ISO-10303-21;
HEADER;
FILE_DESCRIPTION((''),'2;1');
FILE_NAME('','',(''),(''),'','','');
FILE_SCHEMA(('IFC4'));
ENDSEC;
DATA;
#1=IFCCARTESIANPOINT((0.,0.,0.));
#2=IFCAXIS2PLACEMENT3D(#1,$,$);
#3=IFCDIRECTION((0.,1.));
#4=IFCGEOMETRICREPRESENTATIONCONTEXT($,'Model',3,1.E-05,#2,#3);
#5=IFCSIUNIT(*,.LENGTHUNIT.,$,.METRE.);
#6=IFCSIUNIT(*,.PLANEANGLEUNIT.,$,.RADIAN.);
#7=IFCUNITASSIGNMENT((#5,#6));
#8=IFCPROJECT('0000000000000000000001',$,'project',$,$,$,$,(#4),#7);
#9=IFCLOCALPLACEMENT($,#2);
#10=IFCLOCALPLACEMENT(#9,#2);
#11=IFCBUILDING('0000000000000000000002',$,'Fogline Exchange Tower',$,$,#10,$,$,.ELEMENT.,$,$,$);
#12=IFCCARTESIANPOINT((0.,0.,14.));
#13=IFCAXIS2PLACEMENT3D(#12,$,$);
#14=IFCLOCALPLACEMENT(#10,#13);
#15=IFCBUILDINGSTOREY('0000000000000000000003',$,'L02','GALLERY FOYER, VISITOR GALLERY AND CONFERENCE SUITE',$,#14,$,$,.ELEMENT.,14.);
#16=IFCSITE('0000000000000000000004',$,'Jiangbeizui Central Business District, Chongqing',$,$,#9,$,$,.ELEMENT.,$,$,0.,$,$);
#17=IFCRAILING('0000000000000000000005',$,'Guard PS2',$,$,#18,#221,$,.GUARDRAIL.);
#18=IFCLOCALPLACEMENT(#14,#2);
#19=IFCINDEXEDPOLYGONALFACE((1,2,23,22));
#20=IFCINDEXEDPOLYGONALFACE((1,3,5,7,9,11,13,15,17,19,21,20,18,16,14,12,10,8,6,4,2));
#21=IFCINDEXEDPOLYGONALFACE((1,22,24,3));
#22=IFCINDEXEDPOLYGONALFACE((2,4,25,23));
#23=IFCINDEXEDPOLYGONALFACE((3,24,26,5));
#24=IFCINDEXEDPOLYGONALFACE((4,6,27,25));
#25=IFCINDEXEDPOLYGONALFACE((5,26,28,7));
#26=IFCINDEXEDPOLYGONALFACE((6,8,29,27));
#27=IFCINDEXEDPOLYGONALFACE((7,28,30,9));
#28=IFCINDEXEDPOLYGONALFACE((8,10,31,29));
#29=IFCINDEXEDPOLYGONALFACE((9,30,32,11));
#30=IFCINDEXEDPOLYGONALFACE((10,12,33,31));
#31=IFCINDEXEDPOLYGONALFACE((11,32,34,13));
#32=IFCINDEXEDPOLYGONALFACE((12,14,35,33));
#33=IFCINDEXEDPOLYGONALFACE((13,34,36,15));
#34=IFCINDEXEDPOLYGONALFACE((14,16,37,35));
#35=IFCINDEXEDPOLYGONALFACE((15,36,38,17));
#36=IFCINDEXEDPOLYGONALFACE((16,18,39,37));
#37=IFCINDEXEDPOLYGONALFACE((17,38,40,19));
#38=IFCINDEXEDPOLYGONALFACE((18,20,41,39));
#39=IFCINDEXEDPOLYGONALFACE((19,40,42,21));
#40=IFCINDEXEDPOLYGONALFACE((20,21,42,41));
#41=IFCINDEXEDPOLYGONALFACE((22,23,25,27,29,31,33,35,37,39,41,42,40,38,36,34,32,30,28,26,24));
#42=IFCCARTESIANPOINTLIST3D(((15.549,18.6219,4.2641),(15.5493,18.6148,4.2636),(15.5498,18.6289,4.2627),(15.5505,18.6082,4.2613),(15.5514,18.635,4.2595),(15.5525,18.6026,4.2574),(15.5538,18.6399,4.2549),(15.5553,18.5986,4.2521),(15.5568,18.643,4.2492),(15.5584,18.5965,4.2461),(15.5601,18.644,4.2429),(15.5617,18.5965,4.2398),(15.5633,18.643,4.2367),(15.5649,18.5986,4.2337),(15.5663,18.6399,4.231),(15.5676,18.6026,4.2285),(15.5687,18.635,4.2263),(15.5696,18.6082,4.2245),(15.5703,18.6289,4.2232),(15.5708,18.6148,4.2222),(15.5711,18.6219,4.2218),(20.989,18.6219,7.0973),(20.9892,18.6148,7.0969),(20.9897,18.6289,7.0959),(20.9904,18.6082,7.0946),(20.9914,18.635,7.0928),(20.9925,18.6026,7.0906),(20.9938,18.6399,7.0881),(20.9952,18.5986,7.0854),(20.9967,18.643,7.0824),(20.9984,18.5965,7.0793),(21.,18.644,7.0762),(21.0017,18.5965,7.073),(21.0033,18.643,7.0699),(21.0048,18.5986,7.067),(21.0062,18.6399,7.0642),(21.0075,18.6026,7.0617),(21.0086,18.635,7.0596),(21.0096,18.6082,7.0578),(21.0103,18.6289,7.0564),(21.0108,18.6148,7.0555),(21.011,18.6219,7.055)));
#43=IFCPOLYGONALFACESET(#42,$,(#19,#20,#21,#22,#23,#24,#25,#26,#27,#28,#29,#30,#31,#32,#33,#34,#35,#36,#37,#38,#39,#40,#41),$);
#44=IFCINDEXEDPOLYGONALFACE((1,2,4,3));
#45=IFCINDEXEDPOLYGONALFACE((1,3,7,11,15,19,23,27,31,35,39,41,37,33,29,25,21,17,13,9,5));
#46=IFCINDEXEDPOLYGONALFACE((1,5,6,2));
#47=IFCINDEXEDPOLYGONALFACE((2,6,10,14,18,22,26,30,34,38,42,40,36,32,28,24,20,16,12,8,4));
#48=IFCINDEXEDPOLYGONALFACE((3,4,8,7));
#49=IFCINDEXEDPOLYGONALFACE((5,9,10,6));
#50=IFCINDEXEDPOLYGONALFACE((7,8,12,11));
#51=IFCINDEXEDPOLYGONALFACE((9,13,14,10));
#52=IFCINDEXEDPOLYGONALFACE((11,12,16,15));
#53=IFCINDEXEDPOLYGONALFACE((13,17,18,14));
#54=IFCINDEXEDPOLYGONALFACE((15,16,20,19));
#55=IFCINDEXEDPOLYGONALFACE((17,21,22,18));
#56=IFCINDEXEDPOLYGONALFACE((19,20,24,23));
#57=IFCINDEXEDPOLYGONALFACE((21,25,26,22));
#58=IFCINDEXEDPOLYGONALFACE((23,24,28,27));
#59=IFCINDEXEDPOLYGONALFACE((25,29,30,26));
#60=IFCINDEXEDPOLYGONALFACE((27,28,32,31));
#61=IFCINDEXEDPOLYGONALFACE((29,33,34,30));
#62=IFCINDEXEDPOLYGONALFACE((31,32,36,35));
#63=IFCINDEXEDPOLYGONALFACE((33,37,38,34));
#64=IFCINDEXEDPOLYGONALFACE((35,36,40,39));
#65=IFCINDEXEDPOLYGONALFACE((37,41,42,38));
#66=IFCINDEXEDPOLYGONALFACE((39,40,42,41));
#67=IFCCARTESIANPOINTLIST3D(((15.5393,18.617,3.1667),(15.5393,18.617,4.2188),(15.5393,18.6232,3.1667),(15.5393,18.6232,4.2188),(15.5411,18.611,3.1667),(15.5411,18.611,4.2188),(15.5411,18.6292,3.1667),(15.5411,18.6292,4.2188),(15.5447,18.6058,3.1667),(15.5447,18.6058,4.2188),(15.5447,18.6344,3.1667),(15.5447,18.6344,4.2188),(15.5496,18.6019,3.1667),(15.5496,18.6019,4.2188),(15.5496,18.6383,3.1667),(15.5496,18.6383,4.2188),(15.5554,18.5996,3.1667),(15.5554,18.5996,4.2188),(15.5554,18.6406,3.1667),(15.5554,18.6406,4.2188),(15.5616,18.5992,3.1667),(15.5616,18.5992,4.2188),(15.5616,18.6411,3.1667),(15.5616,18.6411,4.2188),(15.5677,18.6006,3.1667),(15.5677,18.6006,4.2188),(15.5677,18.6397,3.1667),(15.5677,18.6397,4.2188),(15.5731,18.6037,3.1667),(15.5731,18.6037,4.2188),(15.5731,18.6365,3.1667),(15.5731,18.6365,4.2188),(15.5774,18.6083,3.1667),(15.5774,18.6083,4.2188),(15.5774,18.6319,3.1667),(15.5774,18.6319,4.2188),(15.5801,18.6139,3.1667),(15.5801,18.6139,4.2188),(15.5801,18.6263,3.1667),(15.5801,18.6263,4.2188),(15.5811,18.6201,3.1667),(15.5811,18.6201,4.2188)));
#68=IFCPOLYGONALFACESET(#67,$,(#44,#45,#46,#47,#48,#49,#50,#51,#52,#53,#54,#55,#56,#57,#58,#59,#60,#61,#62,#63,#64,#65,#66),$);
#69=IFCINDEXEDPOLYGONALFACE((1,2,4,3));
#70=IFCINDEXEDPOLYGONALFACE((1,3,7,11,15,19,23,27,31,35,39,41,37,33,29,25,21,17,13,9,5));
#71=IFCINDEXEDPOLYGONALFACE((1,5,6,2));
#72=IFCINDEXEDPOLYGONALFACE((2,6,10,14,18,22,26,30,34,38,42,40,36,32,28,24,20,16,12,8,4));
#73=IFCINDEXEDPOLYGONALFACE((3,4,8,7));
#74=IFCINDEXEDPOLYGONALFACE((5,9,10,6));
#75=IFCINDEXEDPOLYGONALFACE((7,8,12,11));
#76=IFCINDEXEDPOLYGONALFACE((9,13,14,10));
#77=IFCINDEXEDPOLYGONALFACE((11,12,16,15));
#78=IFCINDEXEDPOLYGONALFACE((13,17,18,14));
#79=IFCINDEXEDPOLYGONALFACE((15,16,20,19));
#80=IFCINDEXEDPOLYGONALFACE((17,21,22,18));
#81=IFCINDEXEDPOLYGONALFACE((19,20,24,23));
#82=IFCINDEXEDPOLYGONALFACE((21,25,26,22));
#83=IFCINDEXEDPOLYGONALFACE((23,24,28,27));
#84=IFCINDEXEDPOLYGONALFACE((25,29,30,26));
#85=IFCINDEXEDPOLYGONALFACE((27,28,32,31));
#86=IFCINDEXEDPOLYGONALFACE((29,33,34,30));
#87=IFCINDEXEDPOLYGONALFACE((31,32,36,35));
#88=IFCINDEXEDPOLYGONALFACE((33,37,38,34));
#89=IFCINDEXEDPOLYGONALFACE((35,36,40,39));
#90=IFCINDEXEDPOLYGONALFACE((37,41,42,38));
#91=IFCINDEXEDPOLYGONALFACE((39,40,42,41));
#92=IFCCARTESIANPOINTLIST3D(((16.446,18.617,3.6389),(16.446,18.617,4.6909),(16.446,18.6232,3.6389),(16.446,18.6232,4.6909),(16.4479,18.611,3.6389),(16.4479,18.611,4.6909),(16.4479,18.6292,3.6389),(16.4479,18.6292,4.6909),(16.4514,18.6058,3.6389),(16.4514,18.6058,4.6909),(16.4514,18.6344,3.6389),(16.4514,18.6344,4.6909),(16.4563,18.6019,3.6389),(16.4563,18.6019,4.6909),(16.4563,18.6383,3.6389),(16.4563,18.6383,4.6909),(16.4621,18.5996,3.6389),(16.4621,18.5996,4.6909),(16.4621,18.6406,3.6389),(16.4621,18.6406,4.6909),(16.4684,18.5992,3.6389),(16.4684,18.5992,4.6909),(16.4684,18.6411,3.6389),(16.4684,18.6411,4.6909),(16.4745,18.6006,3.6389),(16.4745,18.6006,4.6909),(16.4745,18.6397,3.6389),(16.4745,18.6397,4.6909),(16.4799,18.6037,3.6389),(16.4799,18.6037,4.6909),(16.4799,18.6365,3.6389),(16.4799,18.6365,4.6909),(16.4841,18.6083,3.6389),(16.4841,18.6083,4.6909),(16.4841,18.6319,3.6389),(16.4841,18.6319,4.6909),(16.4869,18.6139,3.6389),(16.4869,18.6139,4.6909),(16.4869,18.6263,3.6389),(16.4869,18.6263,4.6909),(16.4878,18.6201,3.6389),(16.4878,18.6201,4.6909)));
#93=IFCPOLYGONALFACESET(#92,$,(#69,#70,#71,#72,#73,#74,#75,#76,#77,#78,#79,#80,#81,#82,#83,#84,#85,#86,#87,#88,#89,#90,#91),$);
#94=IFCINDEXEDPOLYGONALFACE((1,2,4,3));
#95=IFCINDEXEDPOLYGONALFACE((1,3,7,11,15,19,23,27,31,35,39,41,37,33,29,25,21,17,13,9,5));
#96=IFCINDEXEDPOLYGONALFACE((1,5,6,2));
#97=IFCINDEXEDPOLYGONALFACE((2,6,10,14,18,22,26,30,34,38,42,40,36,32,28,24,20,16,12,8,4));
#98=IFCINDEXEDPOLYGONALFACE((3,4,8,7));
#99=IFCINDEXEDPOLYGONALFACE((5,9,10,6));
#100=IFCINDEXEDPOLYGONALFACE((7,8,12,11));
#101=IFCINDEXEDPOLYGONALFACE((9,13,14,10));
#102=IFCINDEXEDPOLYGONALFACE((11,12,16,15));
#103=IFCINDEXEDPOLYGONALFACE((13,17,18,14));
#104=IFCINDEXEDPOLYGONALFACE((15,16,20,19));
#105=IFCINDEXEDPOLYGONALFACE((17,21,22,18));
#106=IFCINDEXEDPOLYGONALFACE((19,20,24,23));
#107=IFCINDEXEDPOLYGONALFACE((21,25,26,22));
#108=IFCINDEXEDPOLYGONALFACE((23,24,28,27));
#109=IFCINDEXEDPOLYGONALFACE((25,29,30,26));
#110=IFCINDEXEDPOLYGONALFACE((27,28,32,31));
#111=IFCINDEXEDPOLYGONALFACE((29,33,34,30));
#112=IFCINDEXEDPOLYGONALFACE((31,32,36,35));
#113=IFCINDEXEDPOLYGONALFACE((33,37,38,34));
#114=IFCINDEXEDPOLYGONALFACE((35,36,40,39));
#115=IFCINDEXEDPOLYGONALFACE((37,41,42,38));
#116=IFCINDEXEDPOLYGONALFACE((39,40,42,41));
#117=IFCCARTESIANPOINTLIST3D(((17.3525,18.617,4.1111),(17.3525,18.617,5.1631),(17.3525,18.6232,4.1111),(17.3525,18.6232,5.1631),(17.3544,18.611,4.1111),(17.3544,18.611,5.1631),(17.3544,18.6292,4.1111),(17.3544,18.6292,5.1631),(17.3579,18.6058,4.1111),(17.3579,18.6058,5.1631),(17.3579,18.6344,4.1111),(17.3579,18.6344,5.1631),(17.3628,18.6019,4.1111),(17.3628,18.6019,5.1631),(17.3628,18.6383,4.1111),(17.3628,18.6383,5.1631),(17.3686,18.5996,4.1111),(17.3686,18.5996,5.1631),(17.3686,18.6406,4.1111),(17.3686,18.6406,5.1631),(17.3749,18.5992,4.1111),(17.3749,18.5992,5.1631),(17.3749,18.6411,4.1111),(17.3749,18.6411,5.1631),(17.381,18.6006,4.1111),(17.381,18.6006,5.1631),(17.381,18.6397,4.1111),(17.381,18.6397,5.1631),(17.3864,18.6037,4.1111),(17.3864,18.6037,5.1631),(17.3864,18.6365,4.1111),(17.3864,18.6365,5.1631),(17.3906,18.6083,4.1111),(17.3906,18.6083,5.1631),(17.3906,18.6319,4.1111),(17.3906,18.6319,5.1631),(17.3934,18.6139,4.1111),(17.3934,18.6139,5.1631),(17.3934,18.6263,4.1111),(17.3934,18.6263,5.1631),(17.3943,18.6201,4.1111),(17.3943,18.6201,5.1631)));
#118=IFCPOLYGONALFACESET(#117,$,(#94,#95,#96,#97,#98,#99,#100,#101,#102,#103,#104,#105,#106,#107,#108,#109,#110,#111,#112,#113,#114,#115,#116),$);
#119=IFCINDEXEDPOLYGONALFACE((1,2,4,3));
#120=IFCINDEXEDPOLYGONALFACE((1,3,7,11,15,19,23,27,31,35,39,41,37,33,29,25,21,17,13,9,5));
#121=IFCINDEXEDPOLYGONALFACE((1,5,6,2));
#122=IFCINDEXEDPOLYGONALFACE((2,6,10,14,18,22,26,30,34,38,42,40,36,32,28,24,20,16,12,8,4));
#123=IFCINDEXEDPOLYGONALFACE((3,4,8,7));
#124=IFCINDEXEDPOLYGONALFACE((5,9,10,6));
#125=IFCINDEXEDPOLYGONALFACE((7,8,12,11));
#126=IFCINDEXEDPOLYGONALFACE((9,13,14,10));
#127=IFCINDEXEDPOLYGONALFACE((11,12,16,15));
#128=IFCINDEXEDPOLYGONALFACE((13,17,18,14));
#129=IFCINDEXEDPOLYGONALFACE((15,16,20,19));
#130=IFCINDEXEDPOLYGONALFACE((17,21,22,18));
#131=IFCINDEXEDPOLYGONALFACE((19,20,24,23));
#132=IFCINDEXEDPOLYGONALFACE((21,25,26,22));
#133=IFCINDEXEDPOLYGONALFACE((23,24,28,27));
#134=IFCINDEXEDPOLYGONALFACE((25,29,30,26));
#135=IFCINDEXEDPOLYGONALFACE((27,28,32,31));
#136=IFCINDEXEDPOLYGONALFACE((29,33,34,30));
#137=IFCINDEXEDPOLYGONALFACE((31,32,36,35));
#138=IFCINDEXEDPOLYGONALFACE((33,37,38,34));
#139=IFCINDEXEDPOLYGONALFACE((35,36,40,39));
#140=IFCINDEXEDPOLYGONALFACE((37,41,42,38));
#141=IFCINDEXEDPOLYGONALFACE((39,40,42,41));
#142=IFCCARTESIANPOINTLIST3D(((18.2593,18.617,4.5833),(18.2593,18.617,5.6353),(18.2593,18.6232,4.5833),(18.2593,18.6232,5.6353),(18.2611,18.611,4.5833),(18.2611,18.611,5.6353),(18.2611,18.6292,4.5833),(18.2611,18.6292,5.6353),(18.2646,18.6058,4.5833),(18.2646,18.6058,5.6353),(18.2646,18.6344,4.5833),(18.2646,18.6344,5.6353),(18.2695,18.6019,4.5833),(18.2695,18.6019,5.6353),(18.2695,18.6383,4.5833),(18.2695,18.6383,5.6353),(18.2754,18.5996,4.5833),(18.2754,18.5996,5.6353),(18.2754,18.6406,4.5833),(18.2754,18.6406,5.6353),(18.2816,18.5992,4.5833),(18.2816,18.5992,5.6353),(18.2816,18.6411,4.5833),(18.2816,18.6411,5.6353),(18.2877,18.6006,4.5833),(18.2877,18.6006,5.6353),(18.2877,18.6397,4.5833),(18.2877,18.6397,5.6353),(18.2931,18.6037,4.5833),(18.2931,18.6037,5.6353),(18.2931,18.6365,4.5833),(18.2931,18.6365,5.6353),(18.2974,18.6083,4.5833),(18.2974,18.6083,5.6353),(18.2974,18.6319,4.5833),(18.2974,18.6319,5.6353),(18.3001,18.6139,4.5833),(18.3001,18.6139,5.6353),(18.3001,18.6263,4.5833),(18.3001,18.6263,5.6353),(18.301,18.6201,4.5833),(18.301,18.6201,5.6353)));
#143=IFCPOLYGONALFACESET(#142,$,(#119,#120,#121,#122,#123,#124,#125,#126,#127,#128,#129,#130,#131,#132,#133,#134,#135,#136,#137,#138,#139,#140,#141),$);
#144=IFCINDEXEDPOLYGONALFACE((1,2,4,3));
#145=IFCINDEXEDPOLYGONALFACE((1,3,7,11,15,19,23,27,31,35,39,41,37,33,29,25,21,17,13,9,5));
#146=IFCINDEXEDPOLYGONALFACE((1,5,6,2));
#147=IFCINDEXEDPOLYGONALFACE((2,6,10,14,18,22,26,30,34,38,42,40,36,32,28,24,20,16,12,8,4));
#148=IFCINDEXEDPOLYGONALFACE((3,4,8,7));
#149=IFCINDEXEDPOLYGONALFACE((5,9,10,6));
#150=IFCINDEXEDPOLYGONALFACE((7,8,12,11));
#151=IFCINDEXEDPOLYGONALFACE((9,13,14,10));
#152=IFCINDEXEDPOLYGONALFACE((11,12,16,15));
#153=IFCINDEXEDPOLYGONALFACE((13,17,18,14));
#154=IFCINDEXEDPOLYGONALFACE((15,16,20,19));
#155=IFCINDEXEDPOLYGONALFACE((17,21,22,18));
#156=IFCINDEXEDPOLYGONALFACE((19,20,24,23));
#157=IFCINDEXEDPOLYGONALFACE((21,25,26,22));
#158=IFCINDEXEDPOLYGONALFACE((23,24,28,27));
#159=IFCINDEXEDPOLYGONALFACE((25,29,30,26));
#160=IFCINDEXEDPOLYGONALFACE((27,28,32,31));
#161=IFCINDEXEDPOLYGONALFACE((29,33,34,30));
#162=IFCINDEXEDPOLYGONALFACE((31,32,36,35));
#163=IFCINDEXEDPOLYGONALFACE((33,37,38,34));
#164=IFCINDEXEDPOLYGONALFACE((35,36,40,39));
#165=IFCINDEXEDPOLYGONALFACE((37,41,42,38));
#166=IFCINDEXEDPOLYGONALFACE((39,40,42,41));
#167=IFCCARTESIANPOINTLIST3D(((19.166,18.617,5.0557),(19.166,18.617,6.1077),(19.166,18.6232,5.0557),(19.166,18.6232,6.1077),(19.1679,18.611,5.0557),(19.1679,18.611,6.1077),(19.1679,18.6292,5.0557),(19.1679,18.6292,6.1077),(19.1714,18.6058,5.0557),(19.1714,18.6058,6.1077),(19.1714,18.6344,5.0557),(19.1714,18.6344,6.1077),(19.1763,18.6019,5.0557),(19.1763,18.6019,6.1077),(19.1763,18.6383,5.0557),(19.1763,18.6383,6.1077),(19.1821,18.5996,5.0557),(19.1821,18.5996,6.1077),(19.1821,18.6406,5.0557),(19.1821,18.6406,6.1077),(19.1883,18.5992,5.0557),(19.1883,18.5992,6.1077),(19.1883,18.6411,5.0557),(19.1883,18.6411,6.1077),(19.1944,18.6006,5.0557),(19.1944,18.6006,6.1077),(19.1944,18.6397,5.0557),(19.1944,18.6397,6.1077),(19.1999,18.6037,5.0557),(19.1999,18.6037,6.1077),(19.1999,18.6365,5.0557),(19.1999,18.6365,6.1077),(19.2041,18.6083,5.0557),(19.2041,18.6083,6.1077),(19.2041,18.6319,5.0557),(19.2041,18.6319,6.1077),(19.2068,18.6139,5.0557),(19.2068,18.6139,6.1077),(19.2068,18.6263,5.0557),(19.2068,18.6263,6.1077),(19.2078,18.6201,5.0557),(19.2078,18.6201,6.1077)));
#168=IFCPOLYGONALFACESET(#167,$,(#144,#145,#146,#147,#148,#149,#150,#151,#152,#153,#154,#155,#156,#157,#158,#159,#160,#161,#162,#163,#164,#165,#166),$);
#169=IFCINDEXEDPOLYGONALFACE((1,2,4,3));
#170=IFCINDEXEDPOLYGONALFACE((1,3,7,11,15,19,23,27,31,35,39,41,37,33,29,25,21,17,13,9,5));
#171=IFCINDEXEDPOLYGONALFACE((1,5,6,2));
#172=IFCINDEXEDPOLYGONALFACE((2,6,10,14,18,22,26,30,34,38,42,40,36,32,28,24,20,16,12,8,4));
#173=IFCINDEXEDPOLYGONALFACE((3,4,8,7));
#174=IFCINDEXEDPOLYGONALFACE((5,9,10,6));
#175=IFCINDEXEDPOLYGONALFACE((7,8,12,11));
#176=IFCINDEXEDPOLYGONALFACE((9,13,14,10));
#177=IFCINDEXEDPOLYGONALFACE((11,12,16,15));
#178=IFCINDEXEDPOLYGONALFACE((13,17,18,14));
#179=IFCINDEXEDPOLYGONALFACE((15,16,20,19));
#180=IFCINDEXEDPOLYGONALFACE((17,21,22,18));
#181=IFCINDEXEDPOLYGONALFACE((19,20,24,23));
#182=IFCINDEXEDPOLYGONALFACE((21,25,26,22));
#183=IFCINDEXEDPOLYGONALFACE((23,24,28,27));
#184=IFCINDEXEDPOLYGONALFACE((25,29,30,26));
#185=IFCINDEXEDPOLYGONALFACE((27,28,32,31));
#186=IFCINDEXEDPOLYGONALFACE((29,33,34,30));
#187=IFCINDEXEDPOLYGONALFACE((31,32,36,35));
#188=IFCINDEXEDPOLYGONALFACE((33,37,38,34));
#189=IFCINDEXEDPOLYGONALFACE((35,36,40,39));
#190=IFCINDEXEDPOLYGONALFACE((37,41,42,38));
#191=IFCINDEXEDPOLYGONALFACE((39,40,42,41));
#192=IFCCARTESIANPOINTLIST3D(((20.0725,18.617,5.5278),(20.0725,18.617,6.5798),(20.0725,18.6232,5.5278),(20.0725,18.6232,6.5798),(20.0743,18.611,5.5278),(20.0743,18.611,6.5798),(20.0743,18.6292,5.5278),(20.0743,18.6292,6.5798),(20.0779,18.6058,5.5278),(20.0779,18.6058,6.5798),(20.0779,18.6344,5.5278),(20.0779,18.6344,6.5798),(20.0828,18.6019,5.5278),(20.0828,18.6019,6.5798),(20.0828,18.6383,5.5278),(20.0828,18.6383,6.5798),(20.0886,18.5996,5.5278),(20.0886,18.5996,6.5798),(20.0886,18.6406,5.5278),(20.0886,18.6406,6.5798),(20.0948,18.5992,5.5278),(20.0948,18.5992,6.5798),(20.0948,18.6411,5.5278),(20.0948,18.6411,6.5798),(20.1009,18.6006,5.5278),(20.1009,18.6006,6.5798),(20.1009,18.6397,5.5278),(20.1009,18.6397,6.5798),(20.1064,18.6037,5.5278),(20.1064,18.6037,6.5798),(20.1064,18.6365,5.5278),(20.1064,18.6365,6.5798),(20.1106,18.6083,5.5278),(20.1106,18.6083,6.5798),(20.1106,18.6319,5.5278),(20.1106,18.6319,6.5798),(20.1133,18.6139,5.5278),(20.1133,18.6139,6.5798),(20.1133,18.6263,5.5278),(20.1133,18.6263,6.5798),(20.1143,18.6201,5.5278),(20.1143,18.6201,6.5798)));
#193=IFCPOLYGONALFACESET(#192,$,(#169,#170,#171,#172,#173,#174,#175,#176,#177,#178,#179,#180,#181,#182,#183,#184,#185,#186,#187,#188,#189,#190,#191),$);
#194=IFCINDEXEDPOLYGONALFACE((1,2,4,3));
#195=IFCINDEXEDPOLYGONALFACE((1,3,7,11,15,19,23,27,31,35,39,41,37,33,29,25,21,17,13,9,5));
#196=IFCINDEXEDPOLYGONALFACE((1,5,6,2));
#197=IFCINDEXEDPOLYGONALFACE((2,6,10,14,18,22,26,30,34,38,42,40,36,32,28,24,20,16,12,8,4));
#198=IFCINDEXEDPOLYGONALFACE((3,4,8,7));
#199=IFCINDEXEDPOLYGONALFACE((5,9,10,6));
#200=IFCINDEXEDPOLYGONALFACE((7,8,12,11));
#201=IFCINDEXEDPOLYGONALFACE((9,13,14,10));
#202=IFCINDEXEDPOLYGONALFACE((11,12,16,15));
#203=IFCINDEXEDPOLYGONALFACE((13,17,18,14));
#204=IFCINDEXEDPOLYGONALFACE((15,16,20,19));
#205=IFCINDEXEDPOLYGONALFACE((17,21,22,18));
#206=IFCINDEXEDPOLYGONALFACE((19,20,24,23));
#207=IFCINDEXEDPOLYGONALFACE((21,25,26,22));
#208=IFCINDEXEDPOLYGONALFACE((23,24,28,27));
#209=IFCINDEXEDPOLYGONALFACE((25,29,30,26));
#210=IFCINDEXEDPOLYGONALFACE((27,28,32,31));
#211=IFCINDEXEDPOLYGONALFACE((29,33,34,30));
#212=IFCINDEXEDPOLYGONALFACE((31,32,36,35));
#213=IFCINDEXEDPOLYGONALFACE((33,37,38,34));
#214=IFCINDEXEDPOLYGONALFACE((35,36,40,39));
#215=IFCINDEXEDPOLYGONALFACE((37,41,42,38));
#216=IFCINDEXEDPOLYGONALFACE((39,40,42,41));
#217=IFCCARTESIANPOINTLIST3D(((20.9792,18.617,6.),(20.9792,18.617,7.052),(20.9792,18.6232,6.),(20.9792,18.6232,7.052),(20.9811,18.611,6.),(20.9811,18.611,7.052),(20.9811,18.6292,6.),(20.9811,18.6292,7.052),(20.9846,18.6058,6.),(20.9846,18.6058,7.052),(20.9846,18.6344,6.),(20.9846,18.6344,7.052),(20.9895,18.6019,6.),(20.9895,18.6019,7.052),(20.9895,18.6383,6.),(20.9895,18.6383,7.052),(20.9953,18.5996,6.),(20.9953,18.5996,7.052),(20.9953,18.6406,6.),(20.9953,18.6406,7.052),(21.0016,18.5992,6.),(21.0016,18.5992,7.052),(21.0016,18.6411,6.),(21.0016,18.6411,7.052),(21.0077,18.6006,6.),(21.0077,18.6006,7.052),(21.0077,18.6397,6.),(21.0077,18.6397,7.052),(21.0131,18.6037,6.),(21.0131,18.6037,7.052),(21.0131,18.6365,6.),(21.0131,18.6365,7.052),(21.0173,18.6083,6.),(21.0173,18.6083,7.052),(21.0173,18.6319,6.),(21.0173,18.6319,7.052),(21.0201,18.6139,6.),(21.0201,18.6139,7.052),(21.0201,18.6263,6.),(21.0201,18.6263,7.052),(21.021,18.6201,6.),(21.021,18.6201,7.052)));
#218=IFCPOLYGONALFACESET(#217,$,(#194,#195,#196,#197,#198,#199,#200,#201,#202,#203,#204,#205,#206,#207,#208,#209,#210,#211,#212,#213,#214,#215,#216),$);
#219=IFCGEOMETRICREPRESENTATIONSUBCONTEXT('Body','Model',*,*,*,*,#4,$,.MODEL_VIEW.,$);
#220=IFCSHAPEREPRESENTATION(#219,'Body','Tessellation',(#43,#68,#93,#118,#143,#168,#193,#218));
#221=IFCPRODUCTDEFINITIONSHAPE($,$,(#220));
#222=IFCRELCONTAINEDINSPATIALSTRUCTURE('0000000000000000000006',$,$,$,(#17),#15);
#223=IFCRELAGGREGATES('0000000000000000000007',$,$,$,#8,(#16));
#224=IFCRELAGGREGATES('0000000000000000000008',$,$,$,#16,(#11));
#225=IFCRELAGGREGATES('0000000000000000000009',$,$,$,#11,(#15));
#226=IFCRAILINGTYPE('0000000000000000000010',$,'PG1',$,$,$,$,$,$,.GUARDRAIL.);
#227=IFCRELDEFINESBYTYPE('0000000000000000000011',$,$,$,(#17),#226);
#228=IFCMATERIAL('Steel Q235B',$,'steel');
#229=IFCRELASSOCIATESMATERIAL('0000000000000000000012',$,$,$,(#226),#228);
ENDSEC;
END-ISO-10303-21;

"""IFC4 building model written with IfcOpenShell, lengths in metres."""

from ifc_helpers import new_model, si_unit, direction, frame, origin, origin_2d, place, context, subcontext, project, spatial, circle, extrude, material, type_object, element, save


model = new_model("IFC4")

# Units and contexts
model_context = context("Model", 3, precision=1e-05, world=origin(), true_north=direction((0.0, 1.0)))
body_context = subcontext(model_context, "Body", "Model", "MODEL_VIEW")
ifc_project = project(units=[si_unit("LENGTHUNIT", "METRE"), si_unit("PLANEANGLEUNIT", "RADIAN")], contexts=[model_context])

# Site, building, storey
site_placement = place(None, origin())
site = spatial("IfcSite", under=ifc_project, at=site_placement, Name="Jiangbeizui Central Business District, Chongqing", CompositionType="ELEMENT", RefElevation=0.0)
building_placement = place(site_placement, origin())
building = spatial("IfcBuilding", under=site, at=building_placement, Name="Fogline Exchange Tower", CompositionType="ELEMENT")
storey_placement = place(building_placement, frame((0.0, 0.0, 14.0)))
storey = spatial("IfcBuildingStorey", under=building, at=storey_placement, Name="L02", Description="GALLERY FOYER, VISITOR GALLERY AND CONFERENCE SUITE", CompositionType="ELEMENT", Elevation=14.0)

# Railing
ifc_material_1 = material(Name="Steel Q235B", Category="steel")
railing_type_1 = type_object("IfcRailingType", Name="PG1", PredefinedType="GUARDRAIL", material=ifc_material_1)
railing_placement = place(storey_placement, frame((15.5601, 18.6201, 3.1667)))
element("IfcRailing", 1, at=railing_placement, inside=storey, type_object=railing_type_1, Name="Guard PS2", PredefinedType="GUARDRAIL", context=body_context, shape_type="SweptSolid", body=[
    extrude(circle(Radius=0.0239, at=origin_2d()), frame((0.0, 0.0, 1.0762), z_axis=(0.886917, 0.0, 0.461928), x_axis=(0.0, 1.0, 0.0)), (0.0, 0.0, 1.0), 6.1335),
    extrude(circle(Radius=0.021, at=origin_2d()), origin(), (0.0, 0.0, 1.0), 1.052),
    extrude(circle(Radius=0.021, at=origin_2d()), frame((0.9067, 0.0, 0.4722)), (0.0, 0.0, 1.0), 1.052),
    extrude(circle(Radius=0.021, at=origin_2d()), frame((1.8132, 0.0, 0.9443)), (0.0, 0.0, 1.0), 1.052),
    extrude(circle(Radius=0.021, at=origin_2d()), frame((2.72, 0.0, 1.4165)), (0.0, 0.0, 1.0), 1.052),
    extrude(circle(Radius=0.021, at=origin_2d()), frame((3.6267, 0.0, 1.8889)), (0.0, 0.0, 1.0), 1.052),
    extrude(circle(Radius=0.021, at=origin_2d()), frame((4.5332, 0.0, 2.3611)), (0.0, 0.0, 1.0), 1.052),
    extrude(circle(Radius=0.021, at=origin_2d()), frame((5.4399, 0.0, 2.8333)), (0.0, 0.0, 1.0), 1.052),
])

save(model, "model.ifc")
